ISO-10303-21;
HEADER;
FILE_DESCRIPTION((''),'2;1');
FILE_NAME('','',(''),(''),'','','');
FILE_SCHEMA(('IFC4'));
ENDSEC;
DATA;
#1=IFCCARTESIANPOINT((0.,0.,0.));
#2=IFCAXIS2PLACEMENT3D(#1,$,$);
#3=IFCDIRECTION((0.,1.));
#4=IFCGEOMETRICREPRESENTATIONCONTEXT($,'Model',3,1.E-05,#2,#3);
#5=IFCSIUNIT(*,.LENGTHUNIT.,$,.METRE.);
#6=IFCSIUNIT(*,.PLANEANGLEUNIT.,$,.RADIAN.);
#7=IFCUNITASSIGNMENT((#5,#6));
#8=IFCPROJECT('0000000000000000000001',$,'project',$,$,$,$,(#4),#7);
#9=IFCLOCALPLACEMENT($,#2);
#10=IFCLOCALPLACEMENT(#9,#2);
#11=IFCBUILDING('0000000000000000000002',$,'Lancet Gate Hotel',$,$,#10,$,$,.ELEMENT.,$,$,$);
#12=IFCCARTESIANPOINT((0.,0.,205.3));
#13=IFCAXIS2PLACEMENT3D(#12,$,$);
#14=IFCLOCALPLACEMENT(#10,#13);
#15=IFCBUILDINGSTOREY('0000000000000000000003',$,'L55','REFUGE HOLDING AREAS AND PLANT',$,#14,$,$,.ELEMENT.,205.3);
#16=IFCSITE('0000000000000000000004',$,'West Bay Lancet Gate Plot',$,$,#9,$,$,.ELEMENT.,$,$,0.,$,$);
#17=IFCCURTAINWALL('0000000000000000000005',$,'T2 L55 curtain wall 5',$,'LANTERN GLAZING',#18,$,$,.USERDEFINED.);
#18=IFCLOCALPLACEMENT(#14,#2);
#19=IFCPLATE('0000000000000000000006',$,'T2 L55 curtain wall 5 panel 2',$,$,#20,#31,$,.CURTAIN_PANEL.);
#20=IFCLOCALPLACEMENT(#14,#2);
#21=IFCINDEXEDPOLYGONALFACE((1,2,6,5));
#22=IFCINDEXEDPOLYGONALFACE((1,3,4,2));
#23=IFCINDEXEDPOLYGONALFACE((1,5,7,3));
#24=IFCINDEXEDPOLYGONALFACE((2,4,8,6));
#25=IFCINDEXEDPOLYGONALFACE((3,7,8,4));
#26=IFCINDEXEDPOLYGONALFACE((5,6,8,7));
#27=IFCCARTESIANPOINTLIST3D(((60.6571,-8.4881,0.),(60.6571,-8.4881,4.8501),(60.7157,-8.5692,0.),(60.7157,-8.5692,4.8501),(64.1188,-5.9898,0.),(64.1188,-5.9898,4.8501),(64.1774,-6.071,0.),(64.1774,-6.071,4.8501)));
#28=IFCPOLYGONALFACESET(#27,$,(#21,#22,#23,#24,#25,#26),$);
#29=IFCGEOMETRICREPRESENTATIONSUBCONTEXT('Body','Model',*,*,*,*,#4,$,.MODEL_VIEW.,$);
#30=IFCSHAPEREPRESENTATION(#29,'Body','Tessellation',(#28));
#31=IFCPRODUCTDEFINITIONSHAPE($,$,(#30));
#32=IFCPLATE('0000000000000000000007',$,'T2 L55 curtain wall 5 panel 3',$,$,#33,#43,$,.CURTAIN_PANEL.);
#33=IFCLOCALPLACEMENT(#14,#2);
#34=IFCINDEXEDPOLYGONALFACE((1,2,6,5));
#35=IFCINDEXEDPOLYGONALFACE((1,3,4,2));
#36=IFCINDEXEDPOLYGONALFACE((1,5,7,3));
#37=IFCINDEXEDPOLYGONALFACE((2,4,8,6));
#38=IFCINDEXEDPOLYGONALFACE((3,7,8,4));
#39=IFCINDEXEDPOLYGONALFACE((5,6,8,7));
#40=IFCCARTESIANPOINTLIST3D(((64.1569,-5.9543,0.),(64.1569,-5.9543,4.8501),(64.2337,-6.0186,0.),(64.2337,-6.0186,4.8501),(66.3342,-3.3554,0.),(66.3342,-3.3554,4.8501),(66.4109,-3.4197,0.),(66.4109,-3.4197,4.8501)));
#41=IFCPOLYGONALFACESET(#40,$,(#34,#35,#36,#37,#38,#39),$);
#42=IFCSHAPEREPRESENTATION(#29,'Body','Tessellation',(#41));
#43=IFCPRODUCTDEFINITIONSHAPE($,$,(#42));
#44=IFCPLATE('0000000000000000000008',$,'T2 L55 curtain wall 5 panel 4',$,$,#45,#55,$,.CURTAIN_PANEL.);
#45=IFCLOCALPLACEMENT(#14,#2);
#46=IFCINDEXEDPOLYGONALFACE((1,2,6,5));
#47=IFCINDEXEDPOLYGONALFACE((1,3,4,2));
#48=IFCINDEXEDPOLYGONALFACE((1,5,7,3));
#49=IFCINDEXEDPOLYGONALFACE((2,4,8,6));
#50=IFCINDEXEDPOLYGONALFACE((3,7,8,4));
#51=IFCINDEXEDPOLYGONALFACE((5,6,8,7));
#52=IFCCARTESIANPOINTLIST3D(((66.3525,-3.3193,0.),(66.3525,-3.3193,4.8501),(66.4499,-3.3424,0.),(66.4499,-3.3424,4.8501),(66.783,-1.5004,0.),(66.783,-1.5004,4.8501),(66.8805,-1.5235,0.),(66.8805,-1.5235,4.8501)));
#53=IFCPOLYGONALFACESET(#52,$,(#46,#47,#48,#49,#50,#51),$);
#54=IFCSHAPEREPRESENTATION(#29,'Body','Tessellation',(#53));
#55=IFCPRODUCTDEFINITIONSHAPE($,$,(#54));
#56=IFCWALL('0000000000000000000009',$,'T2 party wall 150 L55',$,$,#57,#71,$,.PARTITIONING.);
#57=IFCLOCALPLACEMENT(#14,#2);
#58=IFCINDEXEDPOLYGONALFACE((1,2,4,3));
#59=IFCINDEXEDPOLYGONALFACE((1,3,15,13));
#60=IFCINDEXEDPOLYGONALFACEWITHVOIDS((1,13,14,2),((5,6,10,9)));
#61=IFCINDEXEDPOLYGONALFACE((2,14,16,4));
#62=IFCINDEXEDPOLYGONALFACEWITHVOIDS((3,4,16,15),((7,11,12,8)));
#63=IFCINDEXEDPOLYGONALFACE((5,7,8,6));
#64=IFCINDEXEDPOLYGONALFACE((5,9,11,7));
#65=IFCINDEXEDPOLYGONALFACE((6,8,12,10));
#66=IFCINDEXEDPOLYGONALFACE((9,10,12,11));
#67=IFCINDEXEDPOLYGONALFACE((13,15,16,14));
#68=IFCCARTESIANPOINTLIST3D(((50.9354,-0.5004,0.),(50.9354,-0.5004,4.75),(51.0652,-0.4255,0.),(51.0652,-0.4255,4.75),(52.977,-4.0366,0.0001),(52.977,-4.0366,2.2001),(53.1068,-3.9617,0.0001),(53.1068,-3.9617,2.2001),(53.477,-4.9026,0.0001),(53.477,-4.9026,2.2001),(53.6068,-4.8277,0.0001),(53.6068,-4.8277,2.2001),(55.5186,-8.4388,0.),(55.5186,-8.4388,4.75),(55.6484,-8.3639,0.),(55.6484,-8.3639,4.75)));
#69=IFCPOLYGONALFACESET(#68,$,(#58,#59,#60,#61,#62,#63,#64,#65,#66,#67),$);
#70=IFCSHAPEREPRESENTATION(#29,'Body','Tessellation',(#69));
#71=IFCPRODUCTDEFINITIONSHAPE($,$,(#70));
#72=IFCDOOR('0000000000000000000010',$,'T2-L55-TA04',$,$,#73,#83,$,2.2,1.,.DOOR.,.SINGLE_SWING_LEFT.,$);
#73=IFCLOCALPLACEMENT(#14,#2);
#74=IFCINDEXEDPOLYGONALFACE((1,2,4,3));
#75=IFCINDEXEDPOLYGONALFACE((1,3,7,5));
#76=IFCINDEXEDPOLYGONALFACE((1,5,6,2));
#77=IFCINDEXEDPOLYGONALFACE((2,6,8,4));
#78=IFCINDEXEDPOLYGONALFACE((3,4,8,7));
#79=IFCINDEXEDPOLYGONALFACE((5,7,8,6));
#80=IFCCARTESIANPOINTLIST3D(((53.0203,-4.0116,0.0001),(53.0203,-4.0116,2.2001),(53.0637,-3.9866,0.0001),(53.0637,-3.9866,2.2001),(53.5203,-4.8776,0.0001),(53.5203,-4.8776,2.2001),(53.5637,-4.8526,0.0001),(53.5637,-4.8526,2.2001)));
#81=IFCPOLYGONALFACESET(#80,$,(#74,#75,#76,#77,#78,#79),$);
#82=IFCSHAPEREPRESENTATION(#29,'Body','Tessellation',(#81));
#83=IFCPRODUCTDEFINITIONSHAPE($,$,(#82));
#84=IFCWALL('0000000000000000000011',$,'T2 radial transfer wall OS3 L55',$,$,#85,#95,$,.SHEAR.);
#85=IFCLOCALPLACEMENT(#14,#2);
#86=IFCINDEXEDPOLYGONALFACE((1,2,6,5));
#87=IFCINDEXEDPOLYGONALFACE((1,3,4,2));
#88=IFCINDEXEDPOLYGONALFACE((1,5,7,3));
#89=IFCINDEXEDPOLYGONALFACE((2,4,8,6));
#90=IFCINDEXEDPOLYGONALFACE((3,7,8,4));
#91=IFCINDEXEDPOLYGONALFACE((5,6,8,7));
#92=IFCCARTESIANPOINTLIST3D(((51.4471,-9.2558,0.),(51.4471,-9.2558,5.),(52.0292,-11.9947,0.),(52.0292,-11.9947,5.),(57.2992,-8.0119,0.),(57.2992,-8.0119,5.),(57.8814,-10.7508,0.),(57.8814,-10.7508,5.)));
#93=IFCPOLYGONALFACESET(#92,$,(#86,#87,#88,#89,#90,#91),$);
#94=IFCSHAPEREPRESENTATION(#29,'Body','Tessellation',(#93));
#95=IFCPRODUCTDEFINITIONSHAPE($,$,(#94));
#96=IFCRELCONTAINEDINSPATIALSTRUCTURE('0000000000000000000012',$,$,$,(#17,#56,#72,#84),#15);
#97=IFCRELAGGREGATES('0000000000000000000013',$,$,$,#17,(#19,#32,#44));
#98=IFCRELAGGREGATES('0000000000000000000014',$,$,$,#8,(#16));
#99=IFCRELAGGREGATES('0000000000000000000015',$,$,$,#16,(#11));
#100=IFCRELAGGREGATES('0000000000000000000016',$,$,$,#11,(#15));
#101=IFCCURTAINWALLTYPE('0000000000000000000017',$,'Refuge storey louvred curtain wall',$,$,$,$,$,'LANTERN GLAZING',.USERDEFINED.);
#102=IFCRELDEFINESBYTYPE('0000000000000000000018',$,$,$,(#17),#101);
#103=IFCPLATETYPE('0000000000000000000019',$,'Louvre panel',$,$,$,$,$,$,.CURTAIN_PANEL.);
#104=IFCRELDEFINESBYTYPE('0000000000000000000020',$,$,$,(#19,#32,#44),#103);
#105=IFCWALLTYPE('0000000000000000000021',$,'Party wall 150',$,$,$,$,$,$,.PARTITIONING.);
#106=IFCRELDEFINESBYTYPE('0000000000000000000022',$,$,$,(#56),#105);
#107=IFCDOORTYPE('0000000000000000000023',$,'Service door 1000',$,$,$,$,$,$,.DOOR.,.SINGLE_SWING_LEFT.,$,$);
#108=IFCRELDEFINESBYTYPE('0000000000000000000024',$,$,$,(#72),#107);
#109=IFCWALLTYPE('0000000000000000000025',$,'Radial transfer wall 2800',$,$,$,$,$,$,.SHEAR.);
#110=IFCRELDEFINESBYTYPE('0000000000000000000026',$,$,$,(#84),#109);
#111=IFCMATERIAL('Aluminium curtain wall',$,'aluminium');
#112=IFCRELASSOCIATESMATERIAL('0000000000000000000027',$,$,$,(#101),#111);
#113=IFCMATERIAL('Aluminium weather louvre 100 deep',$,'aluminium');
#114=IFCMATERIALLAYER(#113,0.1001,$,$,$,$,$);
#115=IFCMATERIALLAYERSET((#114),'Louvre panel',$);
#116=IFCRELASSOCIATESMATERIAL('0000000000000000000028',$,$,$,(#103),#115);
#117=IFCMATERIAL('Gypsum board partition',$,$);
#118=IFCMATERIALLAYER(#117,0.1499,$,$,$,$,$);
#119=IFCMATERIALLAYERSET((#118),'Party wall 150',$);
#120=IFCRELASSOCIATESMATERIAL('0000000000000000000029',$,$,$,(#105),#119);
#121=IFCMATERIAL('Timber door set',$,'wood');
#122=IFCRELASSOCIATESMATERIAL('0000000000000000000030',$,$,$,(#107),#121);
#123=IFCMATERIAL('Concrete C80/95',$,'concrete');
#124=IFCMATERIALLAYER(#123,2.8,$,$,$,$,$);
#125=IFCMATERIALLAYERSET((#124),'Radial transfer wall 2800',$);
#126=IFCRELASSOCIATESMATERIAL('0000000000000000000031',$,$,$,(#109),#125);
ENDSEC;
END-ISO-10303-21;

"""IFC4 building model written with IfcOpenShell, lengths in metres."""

from ifc_helpers import new_model, si_unit, direction, frame, frame_2d, origin, origin_2d, place, context, subcontext, project, spatial, rectangle, extrude, material, layer, layer_set, type_object, element, fill, aggregate, save


model = new_model("IFC4")

# Units and contexts
model_context = context("Model", 3, precision=1e-05, world=origin(), true_north=direction((0.0, 1.0)))
body_context = subcontext(model_context, "Body", "Model", "MODEL_VIEW")
ifc_project = project(units=[si_unit("LENGTHUNIT", "METRE"), si_unit("PLANEANGLEUNIT", "RADIAN")], contexts=[model_context])

# Site, building, storey
site_placement = place(None, origin())
site = spatial("IfcSite", under=ifc_project, at=site_placement, Name="West Bay Lancet Gate Plot", CompositionType="ELEMENT", RefElevation=0.0)
building_placement = place(site_placement, origin())
building = spatial("IfcBuilding", under=site, at=building_placement, Name="Lancet Gate Hotel", CompositionType="ELEMENT")
storey_placement = place(building_placement, frame((0.0, 0.0, 205.3)))
storey = spatial("IfcBuildingStorey", under=building, at=storey_placement, Name="L55", Description="REFUGE HOLDING AREAS AND PLANT", CompositionType="ELEMENT", Elevation=205.3)

# Shared definitions
ifc_material_1 = material(Name="Aluminium curtain wall", Category="aluminium")
curtain_wall_type = type_object("IfcCurtainWallType", Name="Refuge storey louvred curtain wall", ElementType="LANTERN GLAZING", PredefinedType="USERDEFINED", material=ifc_material_1)

# Curtain wall
curtain_wall_1_placement = place(storey_placement, origin())
curtain_wall_1 = element("IfcCurtainWall", 1, at=curtain_wall_1_placement, inside=storey, type_object=curtain_wall_type, Name="T2 L55 curtain wall 5", ObjectType="LANTERN GLAZING", PredefinedType="USERDEFINED")

# Plates
ifc_material_2 = material(Name="Aluminium weather louvre 100 deep", Category="aluminium")
ifc_layer_1 = layer(ifc_material_2, 0.1001)
ifc_layer_set_1 = layer_set([ifc_layer_1], Name="Louvre panel")
plate_type = type_object("IfcPlateType", Name="Louvre panel", PredefinedType="CURTAIN_PANEL", material=ifc_layer_set_1)
plate_1_placement = place(storey_placement, frame((62.4172, -7.2795, 0.0), z_axis=(0.0, 0.0, 1.0), x_axis=(0.810891, 0.585197, 0.0)))
plate_1 = element("IfcPlate", 2, at=plate_1_placement, type_object=plate_type, Name="T2 L55 curtain wall 5 panel 2", PredefinedType="CURTAIN_PANEL", context=body_context, shape_type="SweptSolid", body=[
    extrude(rectangle(XDim=4.269, YDim=0.1001, at=origin_2d()), origin(), (0.0, 0.0, 1.0), 4.8501),
])
plate_2_placement = place(storey_placement, frame((65.2839, -4.687, 0.0), z_axis=(0.0, 0.0, 1.0), x_axis=(0.642199, 0.766538, 0.0)))
plate_2 = element("IfcPlate", 3, at=plate_2_placement, type_object=plate_type, Name="T2 L55 curtain wall 5 panel 3", PredefinedType="CURTAIN_PANEL", context=body_context, shape_type="SweptSolid", body=[
    extrude(rectangle(XDim=3.3904, YDim=0.1001, at=origin_2d()), origin(), (0.0, 0.0, 1.0), 4.8501),
])
plate_3_placement = place(storey_placement, frame((66.6165, -2.4214, 0.0), z_axis=(0.0, 0.0, 1.0), x_axis=(0.230367, 0.973104, 0.0)))
plate_3 = element("IfcPlate", 4, at=plate_3_placement, type_object=plate_type, Name="T2 L55 curtain wall 5 panel 4", PredefinedType="CURTAIN_PANEL", context=body_context, shape_type="SweptSolid", body=[
    extrude(rectangle(XDim=1.8691, YDim=0.1001, at=origin_2d()), origin(), (0.0, 0.0, 1.0), 4.8501),
])
aggregate(curtain_wall_1, [plate_1, plate_2, plate_3])

# Wall, opening, door
ifc_material_3 = material(Name="Gypsum board partition")
ifc_layer_2 = layer(ifc_material_3, 0.1499)
ifc_layer_set_2 = layer_set([ifc_layer_2], Name="Party wall 150")
wall_type_1 = type_object("IfcWallType", Name="Party wall 150", PredefinedType="PARTITIONING", material=ifc_layer_set_2)
wall_1_placement = place(storey_placement, frame((55.5835, -8.4014, 0.0), z_axis=(0.0, 0.0, 1.0), x_axis=(-0.499998, 0.866027, 0.0)))
wall_1 = element("IfcWall", 5, at=wall_1_placement, inside=storey, type_object=wall_type_1, Name="T2 party wall 150 L55", PredefinedType="PARTITIONING", context=body_context, shape_type="SweptSolid", body=[
    extrude(rectangle(XDim=9.1665, YDim=0.1499, at=frame_2d((4.5833, 0.0))), origin(), (0.0, 0.0, 1.0), 4.75),
])
opening_placement = place(wall_1_placement, frame((4.0833, 0.0, 0.0)))
opening = element("IfcOpeningElement", 6, at=opening_placement, cuts=wall_1, PredefinedType="OPENING", context=body_context, shape_type="SweptSolid", body=[
    extrude(rectangle(XDim=1.0, YDim=2.2, at=frame_2d((0.5, 1.1001))), frame((0.0, 0.085, 0.0), z_axis=(0.0, -1.0, 0.0), x_axis=(1.0, 0.0, 0.0)), (0.0, 0.0, 1.0), 0.1699),
])
ifc_material_4 = material(Name="Timber door set", Category="wood")
door_type = type_object("IfcDoorType", Name="Service door 1000", OperationType="SINGLE_SWING_LEFT", PredefinedType="DOOR", material=ifc_material_4)
door_placement = place(opening_placement, origin())
door = element("IfcDoor", 7, at=door_placement, inside=storey, type_object=door_type, Name="T2-L55-TA04", OperationType="SINGLE_SWING_LEFT", OverallHeight=2.2, OverallWidth=1.0, PredefinedType="DOOR", context=body_context, shape_type="SweptSolid", body=[
    extrude(rectangle(XDim=1.0, YDim=2.2, at=frame_2d((0.5, 1.1001))), frame((0.0, 0.0249, 0.0), z_axis=(0.0, -1.0, 0.0), x_axis=(1.0, 0.0, 0.0)), (0.0, 0.0, 1.0), 0.05),
])
fill(opening, door)

# Wall
ifc_material_5 = material(Name="Concrete C80/95", Category="concrete")
ifc_layer_3 = layer(ifc_material_5, 2.8)
ifc_layer_set_3 = layer_set([ifc_layer_3], Name="Radial transfer wall 2800")
wall_type_2 = type_object("IfcWallType", Name="Radial transfer wall 2800", PredefinedType="SHEAR", material=ifc_layer_set_3)
wall_2_placement = place(storey_placement, frame((57.5903, -9.3813, 0.0), z_axis=(0.0, 0.0, 1.0), x_axis=(-0.978147, -0.207912, 0.0)))
element("IfcWall", 8, at=wall_2_placement, inside=storey, type_object=wall_type_2, Name="T2 radial transfer wall OS3 L55", PredefinedType="SHEAR", context=body_context, shape_type="SweptSolid", body=[
    extrude(rectangle(XDim=5.9829, YDim=2.8, at=frame_2d((2.9915, 0.0))), origin(), (0.0, 0.0, 1.0), 5.0),
])

save(model, "model.ifc")
